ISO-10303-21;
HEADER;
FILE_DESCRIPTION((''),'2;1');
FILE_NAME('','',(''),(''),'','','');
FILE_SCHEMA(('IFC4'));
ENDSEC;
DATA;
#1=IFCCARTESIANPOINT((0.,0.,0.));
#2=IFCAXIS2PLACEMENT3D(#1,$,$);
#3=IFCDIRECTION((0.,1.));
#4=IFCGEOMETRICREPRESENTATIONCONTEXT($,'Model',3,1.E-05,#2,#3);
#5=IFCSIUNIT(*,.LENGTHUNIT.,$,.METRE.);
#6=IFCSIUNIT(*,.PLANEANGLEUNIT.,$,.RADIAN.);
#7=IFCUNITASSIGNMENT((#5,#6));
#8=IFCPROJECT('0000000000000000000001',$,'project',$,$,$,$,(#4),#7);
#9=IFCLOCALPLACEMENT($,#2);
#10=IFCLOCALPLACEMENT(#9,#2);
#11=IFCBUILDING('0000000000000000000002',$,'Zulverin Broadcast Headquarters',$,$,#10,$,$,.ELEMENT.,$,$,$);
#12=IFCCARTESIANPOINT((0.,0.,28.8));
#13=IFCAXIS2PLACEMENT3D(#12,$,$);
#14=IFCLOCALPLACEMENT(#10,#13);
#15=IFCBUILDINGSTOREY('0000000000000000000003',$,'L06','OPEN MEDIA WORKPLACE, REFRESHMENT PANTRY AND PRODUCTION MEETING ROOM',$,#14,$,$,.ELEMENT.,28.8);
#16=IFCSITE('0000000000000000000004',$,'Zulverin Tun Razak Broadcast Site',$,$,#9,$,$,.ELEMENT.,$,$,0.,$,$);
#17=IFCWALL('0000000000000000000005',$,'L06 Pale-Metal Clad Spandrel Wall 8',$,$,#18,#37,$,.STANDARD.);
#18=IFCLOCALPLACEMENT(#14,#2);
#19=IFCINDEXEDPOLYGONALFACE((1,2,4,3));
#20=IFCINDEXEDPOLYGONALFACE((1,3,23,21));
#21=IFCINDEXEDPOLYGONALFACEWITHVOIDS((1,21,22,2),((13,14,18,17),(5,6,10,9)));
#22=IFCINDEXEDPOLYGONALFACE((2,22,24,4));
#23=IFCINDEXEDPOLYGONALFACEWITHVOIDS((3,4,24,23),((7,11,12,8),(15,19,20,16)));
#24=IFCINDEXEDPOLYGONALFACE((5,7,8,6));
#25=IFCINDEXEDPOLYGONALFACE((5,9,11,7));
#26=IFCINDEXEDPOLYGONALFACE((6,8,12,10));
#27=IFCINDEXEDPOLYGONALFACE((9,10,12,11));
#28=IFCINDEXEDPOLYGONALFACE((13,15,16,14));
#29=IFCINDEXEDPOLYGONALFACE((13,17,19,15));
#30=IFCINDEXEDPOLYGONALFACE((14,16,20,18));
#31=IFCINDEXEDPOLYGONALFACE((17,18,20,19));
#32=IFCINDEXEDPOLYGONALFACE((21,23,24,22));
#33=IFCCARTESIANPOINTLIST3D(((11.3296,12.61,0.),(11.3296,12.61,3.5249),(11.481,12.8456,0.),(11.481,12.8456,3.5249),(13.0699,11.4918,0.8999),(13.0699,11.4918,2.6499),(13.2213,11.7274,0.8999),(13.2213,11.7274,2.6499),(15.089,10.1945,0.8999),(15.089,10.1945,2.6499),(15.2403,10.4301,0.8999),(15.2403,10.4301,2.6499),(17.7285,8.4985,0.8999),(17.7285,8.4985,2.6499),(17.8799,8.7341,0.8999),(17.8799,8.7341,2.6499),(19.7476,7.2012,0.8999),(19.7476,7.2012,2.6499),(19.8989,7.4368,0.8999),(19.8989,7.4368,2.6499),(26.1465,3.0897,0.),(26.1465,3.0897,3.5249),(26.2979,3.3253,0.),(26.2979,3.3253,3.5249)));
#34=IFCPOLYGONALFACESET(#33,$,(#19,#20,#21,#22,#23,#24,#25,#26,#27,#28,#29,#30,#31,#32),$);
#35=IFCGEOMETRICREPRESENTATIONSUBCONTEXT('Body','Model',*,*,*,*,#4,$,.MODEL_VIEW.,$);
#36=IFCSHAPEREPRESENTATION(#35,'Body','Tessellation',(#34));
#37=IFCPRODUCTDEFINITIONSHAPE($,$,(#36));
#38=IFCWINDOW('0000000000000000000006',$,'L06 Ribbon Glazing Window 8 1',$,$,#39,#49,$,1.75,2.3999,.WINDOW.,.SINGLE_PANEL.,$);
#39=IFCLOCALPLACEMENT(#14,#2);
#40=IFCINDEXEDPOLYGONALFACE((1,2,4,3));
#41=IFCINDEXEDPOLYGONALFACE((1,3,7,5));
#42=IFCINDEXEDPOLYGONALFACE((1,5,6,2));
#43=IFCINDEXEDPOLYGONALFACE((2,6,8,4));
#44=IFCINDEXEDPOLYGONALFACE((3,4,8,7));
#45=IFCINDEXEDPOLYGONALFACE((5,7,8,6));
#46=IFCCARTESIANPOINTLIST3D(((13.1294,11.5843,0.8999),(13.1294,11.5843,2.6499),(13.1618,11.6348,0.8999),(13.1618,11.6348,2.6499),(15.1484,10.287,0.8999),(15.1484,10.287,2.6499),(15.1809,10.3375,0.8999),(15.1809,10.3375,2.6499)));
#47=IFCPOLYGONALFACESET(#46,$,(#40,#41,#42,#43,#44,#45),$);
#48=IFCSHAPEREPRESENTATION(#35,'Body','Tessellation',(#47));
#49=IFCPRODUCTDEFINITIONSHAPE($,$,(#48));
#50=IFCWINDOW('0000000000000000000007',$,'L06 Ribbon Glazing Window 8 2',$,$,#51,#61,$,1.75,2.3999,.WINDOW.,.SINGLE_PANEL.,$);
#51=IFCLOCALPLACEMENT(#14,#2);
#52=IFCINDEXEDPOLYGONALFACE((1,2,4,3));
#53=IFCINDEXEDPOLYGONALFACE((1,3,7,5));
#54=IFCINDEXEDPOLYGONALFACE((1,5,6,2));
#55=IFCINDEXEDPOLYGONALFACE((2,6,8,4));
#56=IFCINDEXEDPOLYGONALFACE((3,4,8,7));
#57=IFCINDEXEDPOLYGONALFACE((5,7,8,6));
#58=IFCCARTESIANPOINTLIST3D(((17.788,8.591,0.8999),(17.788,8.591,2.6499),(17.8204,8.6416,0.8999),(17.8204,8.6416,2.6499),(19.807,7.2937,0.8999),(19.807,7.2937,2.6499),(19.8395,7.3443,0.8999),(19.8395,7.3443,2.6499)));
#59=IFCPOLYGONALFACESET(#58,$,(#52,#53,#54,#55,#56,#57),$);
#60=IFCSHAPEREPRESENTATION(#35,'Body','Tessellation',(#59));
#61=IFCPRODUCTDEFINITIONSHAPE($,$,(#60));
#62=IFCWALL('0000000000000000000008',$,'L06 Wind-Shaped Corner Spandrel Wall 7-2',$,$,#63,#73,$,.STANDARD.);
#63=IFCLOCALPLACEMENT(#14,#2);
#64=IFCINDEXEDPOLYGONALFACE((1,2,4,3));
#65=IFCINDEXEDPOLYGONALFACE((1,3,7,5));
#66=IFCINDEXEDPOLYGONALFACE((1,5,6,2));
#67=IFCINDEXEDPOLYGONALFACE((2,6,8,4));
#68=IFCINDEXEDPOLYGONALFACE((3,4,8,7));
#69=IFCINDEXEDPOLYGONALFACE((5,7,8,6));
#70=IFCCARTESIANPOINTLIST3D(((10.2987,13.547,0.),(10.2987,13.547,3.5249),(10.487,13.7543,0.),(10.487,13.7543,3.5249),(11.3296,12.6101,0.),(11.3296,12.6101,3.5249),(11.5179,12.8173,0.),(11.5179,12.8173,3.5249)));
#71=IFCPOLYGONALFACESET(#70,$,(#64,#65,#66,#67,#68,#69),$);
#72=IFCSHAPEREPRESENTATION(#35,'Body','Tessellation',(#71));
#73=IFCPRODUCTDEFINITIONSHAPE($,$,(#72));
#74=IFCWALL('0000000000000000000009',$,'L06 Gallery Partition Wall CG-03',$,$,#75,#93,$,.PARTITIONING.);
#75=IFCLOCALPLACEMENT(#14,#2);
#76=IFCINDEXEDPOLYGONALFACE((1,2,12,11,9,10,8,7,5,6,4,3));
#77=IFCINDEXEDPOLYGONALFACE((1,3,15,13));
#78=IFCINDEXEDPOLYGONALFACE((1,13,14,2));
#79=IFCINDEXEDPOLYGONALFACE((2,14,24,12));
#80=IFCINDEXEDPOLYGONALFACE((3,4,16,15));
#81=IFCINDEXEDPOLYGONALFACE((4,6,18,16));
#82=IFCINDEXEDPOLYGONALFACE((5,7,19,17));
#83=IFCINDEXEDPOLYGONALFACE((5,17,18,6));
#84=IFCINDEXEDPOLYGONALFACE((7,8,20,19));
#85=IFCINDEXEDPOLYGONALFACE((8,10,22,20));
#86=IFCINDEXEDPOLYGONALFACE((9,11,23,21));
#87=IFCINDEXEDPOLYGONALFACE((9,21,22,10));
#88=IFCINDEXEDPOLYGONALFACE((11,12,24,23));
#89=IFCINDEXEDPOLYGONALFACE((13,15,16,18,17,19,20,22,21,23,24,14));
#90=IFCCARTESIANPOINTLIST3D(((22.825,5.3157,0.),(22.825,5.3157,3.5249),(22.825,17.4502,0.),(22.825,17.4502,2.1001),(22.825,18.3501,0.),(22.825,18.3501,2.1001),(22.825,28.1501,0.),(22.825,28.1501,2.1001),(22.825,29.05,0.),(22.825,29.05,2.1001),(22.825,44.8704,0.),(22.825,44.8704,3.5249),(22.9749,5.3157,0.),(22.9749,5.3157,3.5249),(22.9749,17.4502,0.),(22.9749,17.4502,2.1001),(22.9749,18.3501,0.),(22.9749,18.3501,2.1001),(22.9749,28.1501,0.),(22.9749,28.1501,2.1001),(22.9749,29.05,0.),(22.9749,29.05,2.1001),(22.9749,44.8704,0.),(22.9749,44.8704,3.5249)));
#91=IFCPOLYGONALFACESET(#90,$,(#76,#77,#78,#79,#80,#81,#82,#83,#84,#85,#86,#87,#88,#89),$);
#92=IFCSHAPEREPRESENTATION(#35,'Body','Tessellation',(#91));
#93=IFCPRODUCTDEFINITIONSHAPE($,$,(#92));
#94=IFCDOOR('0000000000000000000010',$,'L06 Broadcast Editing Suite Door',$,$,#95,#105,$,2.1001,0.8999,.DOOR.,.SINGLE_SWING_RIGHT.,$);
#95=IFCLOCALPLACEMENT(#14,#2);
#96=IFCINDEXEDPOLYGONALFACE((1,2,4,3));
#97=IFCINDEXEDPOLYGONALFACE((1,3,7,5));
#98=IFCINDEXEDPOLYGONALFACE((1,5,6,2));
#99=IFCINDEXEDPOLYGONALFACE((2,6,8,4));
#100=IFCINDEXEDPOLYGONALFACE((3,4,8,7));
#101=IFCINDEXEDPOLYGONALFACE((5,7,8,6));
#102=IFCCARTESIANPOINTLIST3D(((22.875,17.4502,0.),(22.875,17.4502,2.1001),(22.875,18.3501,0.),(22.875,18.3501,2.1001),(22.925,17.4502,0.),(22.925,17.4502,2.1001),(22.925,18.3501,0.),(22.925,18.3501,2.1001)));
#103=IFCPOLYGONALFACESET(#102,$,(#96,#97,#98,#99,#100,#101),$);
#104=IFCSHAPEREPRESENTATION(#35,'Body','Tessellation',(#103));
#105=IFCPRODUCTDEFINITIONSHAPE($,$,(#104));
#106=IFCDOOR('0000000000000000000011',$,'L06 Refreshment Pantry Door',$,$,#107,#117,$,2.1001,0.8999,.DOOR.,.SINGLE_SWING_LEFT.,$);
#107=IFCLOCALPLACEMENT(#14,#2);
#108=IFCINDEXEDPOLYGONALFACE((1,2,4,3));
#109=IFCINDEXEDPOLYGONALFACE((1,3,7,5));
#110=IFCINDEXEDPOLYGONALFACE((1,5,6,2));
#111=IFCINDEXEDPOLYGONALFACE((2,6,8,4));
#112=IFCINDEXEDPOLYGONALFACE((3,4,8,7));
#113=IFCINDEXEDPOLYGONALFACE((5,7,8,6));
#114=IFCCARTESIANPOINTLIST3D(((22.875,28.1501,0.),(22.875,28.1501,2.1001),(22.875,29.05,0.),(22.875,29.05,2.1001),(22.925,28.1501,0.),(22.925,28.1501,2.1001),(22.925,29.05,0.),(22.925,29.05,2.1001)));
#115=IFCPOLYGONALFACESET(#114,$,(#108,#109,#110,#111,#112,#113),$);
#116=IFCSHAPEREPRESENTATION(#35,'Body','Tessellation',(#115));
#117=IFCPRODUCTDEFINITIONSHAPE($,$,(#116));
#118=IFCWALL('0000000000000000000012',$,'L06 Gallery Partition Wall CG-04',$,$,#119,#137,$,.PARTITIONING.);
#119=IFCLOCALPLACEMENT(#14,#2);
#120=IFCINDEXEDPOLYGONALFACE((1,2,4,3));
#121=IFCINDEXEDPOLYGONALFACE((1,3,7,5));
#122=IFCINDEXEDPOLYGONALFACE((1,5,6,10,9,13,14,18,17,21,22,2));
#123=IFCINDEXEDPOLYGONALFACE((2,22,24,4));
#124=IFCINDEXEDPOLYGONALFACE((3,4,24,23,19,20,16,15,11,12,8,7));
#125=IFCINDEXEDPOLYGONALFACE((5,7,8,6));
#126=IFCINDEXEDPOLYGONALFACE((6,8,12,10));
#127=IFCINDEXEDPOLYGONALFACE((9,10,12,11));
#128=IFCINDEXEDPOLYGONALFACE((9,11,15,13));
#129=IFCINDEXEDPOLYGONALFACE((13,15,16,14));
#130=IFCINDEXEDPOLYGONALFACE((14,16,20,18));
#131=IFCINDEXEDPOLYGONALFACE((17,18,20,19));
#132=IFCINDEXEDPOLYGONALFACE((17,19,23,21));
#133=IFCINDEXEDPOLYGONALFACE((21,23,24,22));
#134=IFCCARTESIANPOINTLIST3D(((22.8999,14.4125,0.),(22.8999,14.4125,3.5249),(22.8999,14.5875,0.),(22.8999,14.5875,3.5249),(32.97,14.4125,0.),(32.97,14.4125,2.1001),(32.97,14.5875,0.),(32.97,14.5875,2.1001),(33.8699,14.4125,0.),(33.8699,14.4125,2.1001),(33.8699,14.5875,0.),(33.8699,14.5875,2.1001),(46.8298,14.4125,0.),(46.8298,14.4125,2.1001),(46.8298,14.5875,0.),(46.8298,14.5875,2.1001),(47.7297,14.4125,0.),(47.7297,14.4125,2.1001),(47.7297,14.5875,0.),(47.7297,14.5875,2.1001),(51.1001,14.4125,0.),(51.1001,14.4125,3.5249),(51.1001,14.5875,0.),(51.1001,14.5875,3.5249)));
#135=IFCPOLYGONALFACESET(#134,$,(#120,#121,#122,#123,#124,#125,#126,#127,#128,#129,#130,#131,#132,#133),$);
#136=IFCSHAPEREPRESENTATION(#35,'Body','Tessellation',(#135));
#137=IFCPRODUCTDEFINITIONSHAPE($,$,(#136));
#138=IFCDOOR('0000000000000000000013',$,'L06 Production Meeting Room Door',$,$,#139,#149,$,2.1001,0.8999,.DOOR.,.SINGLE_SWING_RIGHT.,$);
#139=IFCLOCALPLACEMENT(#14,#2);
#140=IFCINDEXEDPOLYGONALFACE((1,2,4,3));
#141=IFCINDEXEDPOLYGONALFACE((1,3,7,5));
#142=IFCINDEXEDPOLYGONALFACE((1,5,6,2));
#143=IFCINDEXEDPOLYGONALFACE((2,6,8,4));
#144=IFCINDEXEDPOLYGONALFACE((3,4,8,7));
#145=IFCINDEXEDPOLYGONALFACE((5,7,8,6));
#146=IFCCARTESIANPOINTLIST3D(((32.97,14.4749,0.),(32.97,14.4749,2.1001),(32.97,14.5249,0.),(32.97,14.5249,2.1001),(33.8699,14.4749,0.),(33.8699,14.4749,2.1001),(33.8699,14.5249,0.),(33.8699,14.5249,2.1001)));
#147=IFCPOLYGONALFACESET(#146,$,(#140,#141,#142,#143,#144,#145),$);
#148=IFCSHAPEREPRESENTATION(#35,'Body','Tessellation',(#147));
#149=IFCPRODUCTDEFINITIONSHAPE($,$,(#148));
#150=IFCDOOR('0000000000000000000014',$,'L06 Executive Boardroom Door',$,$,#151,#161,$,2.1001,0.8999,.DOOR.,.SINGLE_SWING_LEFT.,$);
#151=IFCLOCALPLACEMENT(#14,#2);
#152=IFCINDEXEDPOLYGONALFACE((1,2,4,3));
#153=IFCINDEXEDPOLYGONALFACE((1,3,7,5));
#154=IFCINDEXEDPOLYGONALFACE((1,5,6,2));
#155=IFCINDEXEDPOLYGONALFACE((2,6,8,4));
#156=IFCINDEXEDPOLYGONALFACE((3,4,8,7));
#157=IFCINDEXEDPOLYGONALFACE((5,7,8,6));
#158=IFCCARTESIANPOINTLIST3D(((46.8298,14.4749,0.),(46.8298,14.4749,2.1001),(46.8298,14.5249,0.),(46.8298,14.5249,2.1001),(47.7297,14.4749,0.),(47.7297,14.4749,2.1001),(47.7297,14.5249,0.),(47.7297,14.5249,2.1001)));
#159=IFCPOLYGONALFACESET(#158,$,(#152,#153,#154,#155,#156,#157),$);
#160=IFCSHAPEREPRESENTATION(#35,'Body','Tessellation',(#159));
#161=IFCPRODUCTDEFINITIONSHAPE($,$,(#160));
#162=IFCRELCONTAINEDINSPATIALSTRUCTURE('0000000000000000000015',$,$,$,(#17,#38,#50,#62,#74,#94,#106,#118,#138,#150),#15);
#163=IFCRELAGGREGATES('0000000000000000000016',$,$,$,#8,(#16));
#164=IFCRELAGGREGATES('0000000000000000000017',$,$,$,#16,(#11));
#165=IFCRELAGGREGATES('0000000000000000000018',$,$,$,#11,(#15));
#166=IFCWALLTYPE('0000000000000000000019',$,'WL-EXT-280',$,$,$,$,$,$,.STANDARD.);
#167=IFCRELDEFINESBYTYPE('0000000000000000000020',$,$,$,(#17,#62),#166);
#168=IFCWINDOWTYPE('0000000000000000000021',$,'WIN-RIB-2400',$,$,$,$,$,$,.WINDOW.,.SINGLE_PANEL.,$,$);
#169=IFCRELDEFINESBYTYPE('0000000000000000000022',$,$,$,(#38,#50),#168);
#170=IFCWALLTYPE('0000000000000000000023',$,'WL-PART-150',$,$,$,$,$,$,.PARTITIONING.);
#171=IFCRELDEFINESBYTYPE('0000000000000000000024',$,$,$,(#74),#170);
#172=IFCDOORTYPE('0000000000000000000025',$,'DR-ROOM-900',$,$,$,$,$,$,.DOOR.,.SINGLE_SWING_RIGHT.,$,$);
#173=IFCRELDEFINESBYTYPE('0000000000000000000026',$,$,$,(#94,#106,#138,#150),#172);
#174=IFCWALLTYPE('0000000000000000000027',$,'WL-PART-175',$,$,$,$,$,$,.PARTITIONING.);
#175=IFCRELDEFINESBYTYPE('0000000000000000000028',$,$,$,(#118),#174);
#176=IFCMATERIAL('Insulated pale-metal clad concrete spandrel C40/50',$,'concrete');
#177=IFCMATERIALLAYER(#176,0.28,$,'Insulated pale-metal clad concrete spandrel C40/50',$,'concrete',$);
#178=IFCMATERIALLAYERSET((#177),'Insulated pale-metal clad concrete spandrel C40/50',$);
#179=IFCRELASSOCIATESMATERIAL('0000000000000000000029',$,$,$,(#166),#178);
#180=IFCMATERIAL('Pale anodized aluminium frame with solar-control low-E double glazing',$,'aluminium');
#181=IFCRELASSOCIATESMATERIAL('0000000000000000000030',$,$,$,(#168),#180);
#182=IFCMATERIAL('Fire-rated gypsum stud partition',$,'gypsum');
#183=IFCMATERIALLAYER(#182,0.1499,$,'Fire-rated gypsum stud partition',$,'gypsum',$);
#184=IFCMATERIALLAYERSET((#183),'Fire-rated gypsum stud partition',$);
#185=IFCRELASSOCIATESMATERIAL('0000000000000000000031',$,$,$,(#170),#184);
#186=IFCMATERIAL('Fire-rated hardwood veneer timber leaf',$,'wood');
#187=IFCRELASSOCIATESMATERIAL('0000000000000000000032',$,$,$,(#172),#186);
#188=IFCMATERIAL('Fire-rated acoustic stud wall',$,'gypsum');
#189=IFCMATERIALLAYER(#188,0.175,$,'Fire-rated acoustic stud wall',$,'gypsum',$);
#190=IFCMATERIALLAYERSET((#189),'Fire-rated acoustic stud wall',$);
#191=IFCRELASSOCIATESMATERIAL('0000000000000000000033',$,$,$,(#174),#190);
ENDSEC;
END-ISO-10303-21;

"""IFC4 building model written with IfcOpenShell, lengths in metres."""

from ifc_helpers import new_model, si_unit, direction, frame, frame_2d, origin, place, context, subcontext, project, spatial, rectangle, extrude, material, layer, layer_set, type_object, element, fill, save


model = new_model("IFC4")

# Units and contexts
model_context = context("Model", 3, precision=1e-05, world=origin(), true_north=direction((0.0, 1.0)))
body_context = subcontext(model_context, "Body", "Model", "MODEL_VIEW")
ifc_project = project(units=[si_unit("LENGTHUNIT", "METRE"), si_unit("PLANEANGLEUNIT", "RADIAN")], contexts=[model_context])

# Site, building, storey
site_placement = place(None, origin())
site = spatial("IfcSite", under=ifc_project, at=site_placement, Name="Zulverin Tun Razak Broadcast Site", CompositionType="ELEMENT", RefElevation=0.0)
building_placement = place(site_placement, origin())
building = spatial("IfcBuilding", under=site, at=building_placement, Name="Zulverin Broadcast Headquarters", CompositionType="ELEMENT")
storey_placement = place(building_placement, frame((0.0, 0.0, 28.8)))
storey = spatial("IfcBuildingStorey", under=building, at=storey_placement, Name="L06", Description="OPEN MEDIA WORKPLACE, REFRESHMENT PANTRY AND PRODUCTION MEETING ROOM", CompositionType="ELEMENT", Elevation=28.8)

# Wall, openings, windows
ifc_material_1 = material(Name="Insulated pale-metal clad concrete spandrel C40/50", Category="concrete")
ifc_layer_1 = layer(ifc_material_1, 0.28, Name="Insulated pale-metal clad concrete spandrel C40/50", Category="concrete")
ifc_layer_set_1 = layer_set([ifc_layer_1], Name="Insulated pale-metal clad concrete spandrel C40/50")
wall_type_1 = type_object("IfcWallType", Name="WL-EXT-280", PredefinedType="STANDARD", material=ifc_layer_set_1)
wall_1_placement = place(storey_placement, frame((11.4053, 12.7278, 0.0), z_axis=(0.0, 0.0, 1.0), x_axis=(0.841305, -0.540561, 0.0)))
wall_1 = element("IfcWall", 1, at=wall_1_placement, inside=storey, type_object=wall_type_1, Name="L06 Pale-Metal Clad Spandrel Wall 8", PredefinedType="STANDARD", context=body_context, shape_type="SweptSolid", body=[
    extrude(rectangle(XDim=17.6118, YDim=0.28, at=frame_2d((8.8059, 0.0))), origin(), (0.0, 0.0, 1.0), 3.5249),
])
opening_1_placement = place(wall_1_placement, frame((2.0686, 0.0, 0.8999)))
opening_1 = element("IfcOpeningElement", 2, at=opening_1_placement, cuts=wall_1, PredefinedType="OPENING", context=body_context, shape_type="SweptSolid", body=[
    extrude(rectangle(XDim=2.3999, YDim=1.75, at=frame_2d((1.2, 0.875))), frame((0.0, 0.1499, 0.0), z_axis=(0.0, -1.0, 0.0), x_axis=(1.0, 0.0, 0.0)), (0.0, 0.0, 1.0), 0.3),
])
opening_2_placement = place(wall_1_placement, frame((7.606, 0.0, 0.8999)))
opening_2 = element("IfcOpeningElement", 3, at=opening_2_placement, cuts=wall_1, PredefinedType="OPENING", context=body_context, shape_type="SweptSolid", body=[
    extrude(rectangle(XDim=2.3999, YDim=1.75, at=frame_2d((1.2, 0.875))), frame((0.0, 0.1499, 0.0), z_axis=(0.0, -1.0, 0.0), x_axis=(1.0, 0.0, 0.0)), (0.0, 0.0, 1.0), 0.3),
])
ifc_material_2 = material(Name="Pale anodized aluminium frame with solar-control low-E double glazing", Category="aluminium")
window_type = type_object("IfcWindowType", Name="WIN-RIB-2400", PartitioningType="SINGLE_PANEL", PredefinedType="WINDOW", material=ifc_material_2)
window_1_placement = place(opening_1_placement, origin())
window_1 = element("IfcWindow", 4, at=window_1_placement, inside=storey, type_object=window_type, Name="L06 Ribbon Glazing Window 8 1", OverallHeight=1.75, OverallWidth=2.3999, PartitioningType="SINGLE_PANEL", PredefinedType="WINDOW", context=body_context, shape_type="SweptSolid", body=[
    extrude(rectangle(XDim=2.3999, YDim=1.75, at=frame_2d((1.2, 0.875))), frame((0.0, 0.03, 0.0), z_axis=(0.0, -1.0, 0.0), x_axis=(1.0, 0.0, 0.0)), (0.0, 0.0, 1.0), 0.0601),
])
fill(opening_1, window_1)
window_2_placement = place(opening_2_placement, origin())
window_2 = element("IfcWindow", 5, at=window_2_placement, inside=storey, type_object=window_type, Name="L06 Ribbon Glazing Window 8 2", OverallHeight=1.75, OverallWidth=2.3999, PartitioningType="SINGLE_PANEL", PredefinedType="WINDOW", context=body_context, shape_type="SweptSolid", body=[
    extrude(rectangle(XDim=2.3999, YDim=1.75, at=frame_2d((1.2, 0.875))), frame((0.0, 0.03, 0.0), z_axis=(0.0, -1.0, 0.0), x_axis=(1.0, 0.0, 0.0)), (0.0, 0.0, 1.0), 0.0601),
])
fill(opening_2, window_2)

# Wall
wall_2_placement = place(storey_placement, frame((10.3928, 13.6506, 0.0), z_axis=(0.0, 0.0, 1.0), x_axis=(0.740035, -0.672568, 0.0)))
element("IfcWall", 6, at=wall_2_placement, inside=storey, type_object=wall_type_1, Name="L06 Wind-Shaped Corner Spandrel Wall 7-2", PredefinedType="STANDARD", context=body_context, shape_type="SweptSolid", body=[
    extrude(rectangle(XDim=1.3931, YDim=0.28, at=frame_2d((0.6965, 0.0))), origin(), (0.0, 0.0, 1.0), 3.5249),
])

# Walls, openings, doors
ifc_material_3 = material(Name="Fire-rated gypsum stud partition", Category="gypsum")
ifc_layer_2 = layer(ifc_material_3, 0.1499, Name="Fire-rated gypsum stud partition", Category="gypsum")
ifc_layer_set_2 = layer_set([ifc_layer_2], Name="Fire-rated gypsum stud partition")
wall_type_2 = type_object("IfcWallType", Name="WL-PART-150", PredefinedType="PARTITIONING", material=ifc_layer_set_2)
wall_3_placement = place(storey_placement, frame((22.8999, 5.3157, 0.0), z_axis=(0.0, 0.0, 1.0), x_axis=(0.0, 1.0, 0.0)))
wall_3 = element("IfcWall", 7, at=wall_3_placement, inside=storey, type_object=wall_type_2, Name="L06 Gallery Partition Wall CG-03", PredefinedType="PARTITIONING", context=body_context, shape_type="SweptSolid", body=[
    extrude(rectangle(XDim=39.5547, YDim=0.1499, at=frame_2d((19.7773, 0.0))), origin(), (0.0, 0.0, 1.0), 3.5249),
])
opening_3_placement = place(wall_3_placement, frame((12.1345, 0.0, 0.0)))
opening_3 = element("IfcOpeningElement", 8, at=opening_3_placement, cuts=wall_3, PredefinedType="OPENING", context=body_context, shape_type="SweptSolid", body=[
    extrude(rectangle(XDim=0.8999, YDim=2.1001, at=frame_2d((0.45, 1.05))), frame((0.0, 0.085, 0.0), z_axis=(0.0, -1.0, 0.0), x_axis=(1.0, 0.0, 0.0)), (0.0, 0.0, 1.0), 0.1699),
])
opening_4_placement = place(wall_3_placement, frame((22.8345, 0.0, 0.0)))
opening_4 = element("IfcOpeningElement", 9, at=opening_4_placement, cuts=wall_3, PredefinedType="OPENING", context=body_context, shape_type="SweptSolid", body=[
    extrude(rectangle(XDim=0.8999, YDim=2.1001, at=frame_2d((0.45, 1.05))), frame((0.0, 0.085, 0.0), z_axis=(0.0, -1.0, 0.0), x_axis=(1.0, 0.0, 0.0)), (0.0, 0.0, 1.0), 0.1699),
])
ifc_material_4 = material(Name="Fire-rated hardwood veneer timber leaf", Category="wood")
door_type = type_object("IfcDoorType", Name="DR-ROOM-900", OperationType="SINGLE_SWING_RIGHT", PredefinedType="DOOR", material=ifc_material_4)
door_1_placement = place(opening_3_placement, origin())
door_1 = element("IfcDoor", 10, at=door_1_placement, inside=storey, type_object=door_type, Name="L06 Broadcast Editing Suite Door", OperationType="SINGLE_SWING_RIGHT", OverallHeight=2.1001, OverallWidth=0.8999, PredefinedType="DOOR", context=body_context, shape_type="SweptSolid", body=[
    extrude(rectangle(XDim=0.8999, YDim=2.1001, at=frame_2d((0.45, 1.05))), frame((0.0, 0.0249, 0.0), z_axis=(0.0, -1.0, 0.0), x_axis=(1.0, 0.0, 0.0)), (0.0, 0.0, 1.0), 0.05),
])
fill(opening_3, door_1)
door_2_placement = place(opening_4_placement, origin())
door_2 = element("IfcDoor", 11, at=door_2_placement, inside=storey, type_object=door_type, Name="L06 Refreshment Pantry Door", OperationType="SINGLE_SWING_LEFT", OverallHeight=2.1001, OverallWidth=0.8999, PredefinedType="DOOR", context=body_context, shape_type="SweptSolid", body=[
    extrude(rectangle(XDim=0.8999, YDim=2.1001, at=frame_2d((0.45, 1.05))), frame((0.0, 0.0249, 0.0), z_axis=(0.0, -1.0, 0.0), x_axis=(1.0, 0.0, 0.0)), (0.0, 0.0, 1.0), 0.05),
])
fill(opening_4, door_2)
ifc_material_5 = material(Name="Fire-rated acoustic stud wall", Category="gypsum")
ifc_layer_3 = layer(ifc_material_5, 0.175, Name="Fire-rated acoustic stud wall", Category="gypsum")
ifc_layer_set_3 = layer_set([ifc_layer_3], Name="Fire-rated acoustic stud wall")
wall_type_3 = type_object("IfcWallType", Name="WL-PART-175", PredefinedType="PARTITIONING", material=ifc_layer_set_3)
wall_4_placement = place(storey_placement, frame((22.8999, 14.5, 0.0), z_axis=(0.0, 0.0, 1.0), x_axis=(1.0, 0.0, 0.0)))
wall_4 = element("IfcWall", 12, at=wall_4_placement, inside=storey, type_object=wall_type_3, Name="L06 Gallery Partition Wall CG-04", PredefinedType="PARTITIONING", context=body_context, shape_type="SweptSolid", body=[
    extrude(rectangle(XDim=28.2002, YDim=0.175, at=frame_2d((14.1001, 0.0))), origin(), (0.0, 0.0, 1.0), 3.5249),
])
opening_5_placement = place(wall_4_placement, frame((10.0701, 0.0, 0.0)))
opening_5 = element("IfcOpeningElement", 13, at=opening_5_placement, cuts=wall_4, PredefinedType="OPENING", context=body_context, shape_type="SweptSolid", body=[
    extrude(rectangle(XDim=0.8999, YDim=2.1001, at=frame_2d((0.45, 1.05))), frame((0.0, 0.0974, 0.0), z_axis=(0.0, -1.0, 0.0), x_axis=(1.0, 0.0, 0.0)), (0.0, 0.0, 1.0), 0.1951),
])
opening_6_placement = place(wall_4_placement, frame((23.9299, 0.0, 0.0)))
opening_6 = element("IfcOpeningElement", 14, at=opening_6_placement, cuts=wall_4, PredefinedType="OPENING", context=body_context, shape_type="SweptSolid", body=[
    extrude(rectangle(XDim=0.8999, YDim=2.1001, at=frame_2d((0.45, 1.05))), frame((0.0, 0.0974, 0.0), z_axis=(0.0, -1.0, 0.0), x_axis=(1.0, 0.0, 0.0)), (0.0, 0.0, 1.0), 0.1951),
])
door_3_placement = place(opening_5_placement, origin())
door_3 = element("IfcDoor", 15, at=door_3_placement, inside=storey, type_object=door_type, Name="L06 Production Meeting Room Door", OperationType="SINGLE_SWING_RIGHT", OverallHeight=2.1001, OverallWidth=0.8999, PredefinedType="DOOR", context=body_context, shape_type="SweptSolid", body=[
    extrude(rectangle(XDim=0.8999, YDim=2.1001, at=frame_2d((0.45, 1.05))), frame((0.0, 0.0249, 0.0), z_axis=(0.0, -1.0, 0.0), x_axis=(1.0, 0.0, 0.0)), (0.0, 0.0, 1.0), 0.05),
])
fill(opening_5, door_3)
door_4_placement = place(opening_6_placement, origin())
door_4 = element("IfcDoor", 16, at=door_4_placement, inside=storey, type_object=door_type, Name="L06 Executive Boardroom Door", OperationType="SINGLE_SWING_LEFT", OverallHeight=2.1001, OverallWidth=0.8999, PredefinedType="DOOR", context=body_context, shape_type="SweptSolid", body=[
    extrude(rectangle(XDim=0.8999, YDim=2.1001, at=frame_2d((0.45, 1.05))), frame((0.0, 0.0249, 0.0), z_axis=(0.0, -1.0, 0.0), x_axis=(1.0, 0.0, 0.0)), (0.0, 0.0, 1.0), 0.05),
])
fill(opening_6, door_4)

save(model, "model.ifc")
